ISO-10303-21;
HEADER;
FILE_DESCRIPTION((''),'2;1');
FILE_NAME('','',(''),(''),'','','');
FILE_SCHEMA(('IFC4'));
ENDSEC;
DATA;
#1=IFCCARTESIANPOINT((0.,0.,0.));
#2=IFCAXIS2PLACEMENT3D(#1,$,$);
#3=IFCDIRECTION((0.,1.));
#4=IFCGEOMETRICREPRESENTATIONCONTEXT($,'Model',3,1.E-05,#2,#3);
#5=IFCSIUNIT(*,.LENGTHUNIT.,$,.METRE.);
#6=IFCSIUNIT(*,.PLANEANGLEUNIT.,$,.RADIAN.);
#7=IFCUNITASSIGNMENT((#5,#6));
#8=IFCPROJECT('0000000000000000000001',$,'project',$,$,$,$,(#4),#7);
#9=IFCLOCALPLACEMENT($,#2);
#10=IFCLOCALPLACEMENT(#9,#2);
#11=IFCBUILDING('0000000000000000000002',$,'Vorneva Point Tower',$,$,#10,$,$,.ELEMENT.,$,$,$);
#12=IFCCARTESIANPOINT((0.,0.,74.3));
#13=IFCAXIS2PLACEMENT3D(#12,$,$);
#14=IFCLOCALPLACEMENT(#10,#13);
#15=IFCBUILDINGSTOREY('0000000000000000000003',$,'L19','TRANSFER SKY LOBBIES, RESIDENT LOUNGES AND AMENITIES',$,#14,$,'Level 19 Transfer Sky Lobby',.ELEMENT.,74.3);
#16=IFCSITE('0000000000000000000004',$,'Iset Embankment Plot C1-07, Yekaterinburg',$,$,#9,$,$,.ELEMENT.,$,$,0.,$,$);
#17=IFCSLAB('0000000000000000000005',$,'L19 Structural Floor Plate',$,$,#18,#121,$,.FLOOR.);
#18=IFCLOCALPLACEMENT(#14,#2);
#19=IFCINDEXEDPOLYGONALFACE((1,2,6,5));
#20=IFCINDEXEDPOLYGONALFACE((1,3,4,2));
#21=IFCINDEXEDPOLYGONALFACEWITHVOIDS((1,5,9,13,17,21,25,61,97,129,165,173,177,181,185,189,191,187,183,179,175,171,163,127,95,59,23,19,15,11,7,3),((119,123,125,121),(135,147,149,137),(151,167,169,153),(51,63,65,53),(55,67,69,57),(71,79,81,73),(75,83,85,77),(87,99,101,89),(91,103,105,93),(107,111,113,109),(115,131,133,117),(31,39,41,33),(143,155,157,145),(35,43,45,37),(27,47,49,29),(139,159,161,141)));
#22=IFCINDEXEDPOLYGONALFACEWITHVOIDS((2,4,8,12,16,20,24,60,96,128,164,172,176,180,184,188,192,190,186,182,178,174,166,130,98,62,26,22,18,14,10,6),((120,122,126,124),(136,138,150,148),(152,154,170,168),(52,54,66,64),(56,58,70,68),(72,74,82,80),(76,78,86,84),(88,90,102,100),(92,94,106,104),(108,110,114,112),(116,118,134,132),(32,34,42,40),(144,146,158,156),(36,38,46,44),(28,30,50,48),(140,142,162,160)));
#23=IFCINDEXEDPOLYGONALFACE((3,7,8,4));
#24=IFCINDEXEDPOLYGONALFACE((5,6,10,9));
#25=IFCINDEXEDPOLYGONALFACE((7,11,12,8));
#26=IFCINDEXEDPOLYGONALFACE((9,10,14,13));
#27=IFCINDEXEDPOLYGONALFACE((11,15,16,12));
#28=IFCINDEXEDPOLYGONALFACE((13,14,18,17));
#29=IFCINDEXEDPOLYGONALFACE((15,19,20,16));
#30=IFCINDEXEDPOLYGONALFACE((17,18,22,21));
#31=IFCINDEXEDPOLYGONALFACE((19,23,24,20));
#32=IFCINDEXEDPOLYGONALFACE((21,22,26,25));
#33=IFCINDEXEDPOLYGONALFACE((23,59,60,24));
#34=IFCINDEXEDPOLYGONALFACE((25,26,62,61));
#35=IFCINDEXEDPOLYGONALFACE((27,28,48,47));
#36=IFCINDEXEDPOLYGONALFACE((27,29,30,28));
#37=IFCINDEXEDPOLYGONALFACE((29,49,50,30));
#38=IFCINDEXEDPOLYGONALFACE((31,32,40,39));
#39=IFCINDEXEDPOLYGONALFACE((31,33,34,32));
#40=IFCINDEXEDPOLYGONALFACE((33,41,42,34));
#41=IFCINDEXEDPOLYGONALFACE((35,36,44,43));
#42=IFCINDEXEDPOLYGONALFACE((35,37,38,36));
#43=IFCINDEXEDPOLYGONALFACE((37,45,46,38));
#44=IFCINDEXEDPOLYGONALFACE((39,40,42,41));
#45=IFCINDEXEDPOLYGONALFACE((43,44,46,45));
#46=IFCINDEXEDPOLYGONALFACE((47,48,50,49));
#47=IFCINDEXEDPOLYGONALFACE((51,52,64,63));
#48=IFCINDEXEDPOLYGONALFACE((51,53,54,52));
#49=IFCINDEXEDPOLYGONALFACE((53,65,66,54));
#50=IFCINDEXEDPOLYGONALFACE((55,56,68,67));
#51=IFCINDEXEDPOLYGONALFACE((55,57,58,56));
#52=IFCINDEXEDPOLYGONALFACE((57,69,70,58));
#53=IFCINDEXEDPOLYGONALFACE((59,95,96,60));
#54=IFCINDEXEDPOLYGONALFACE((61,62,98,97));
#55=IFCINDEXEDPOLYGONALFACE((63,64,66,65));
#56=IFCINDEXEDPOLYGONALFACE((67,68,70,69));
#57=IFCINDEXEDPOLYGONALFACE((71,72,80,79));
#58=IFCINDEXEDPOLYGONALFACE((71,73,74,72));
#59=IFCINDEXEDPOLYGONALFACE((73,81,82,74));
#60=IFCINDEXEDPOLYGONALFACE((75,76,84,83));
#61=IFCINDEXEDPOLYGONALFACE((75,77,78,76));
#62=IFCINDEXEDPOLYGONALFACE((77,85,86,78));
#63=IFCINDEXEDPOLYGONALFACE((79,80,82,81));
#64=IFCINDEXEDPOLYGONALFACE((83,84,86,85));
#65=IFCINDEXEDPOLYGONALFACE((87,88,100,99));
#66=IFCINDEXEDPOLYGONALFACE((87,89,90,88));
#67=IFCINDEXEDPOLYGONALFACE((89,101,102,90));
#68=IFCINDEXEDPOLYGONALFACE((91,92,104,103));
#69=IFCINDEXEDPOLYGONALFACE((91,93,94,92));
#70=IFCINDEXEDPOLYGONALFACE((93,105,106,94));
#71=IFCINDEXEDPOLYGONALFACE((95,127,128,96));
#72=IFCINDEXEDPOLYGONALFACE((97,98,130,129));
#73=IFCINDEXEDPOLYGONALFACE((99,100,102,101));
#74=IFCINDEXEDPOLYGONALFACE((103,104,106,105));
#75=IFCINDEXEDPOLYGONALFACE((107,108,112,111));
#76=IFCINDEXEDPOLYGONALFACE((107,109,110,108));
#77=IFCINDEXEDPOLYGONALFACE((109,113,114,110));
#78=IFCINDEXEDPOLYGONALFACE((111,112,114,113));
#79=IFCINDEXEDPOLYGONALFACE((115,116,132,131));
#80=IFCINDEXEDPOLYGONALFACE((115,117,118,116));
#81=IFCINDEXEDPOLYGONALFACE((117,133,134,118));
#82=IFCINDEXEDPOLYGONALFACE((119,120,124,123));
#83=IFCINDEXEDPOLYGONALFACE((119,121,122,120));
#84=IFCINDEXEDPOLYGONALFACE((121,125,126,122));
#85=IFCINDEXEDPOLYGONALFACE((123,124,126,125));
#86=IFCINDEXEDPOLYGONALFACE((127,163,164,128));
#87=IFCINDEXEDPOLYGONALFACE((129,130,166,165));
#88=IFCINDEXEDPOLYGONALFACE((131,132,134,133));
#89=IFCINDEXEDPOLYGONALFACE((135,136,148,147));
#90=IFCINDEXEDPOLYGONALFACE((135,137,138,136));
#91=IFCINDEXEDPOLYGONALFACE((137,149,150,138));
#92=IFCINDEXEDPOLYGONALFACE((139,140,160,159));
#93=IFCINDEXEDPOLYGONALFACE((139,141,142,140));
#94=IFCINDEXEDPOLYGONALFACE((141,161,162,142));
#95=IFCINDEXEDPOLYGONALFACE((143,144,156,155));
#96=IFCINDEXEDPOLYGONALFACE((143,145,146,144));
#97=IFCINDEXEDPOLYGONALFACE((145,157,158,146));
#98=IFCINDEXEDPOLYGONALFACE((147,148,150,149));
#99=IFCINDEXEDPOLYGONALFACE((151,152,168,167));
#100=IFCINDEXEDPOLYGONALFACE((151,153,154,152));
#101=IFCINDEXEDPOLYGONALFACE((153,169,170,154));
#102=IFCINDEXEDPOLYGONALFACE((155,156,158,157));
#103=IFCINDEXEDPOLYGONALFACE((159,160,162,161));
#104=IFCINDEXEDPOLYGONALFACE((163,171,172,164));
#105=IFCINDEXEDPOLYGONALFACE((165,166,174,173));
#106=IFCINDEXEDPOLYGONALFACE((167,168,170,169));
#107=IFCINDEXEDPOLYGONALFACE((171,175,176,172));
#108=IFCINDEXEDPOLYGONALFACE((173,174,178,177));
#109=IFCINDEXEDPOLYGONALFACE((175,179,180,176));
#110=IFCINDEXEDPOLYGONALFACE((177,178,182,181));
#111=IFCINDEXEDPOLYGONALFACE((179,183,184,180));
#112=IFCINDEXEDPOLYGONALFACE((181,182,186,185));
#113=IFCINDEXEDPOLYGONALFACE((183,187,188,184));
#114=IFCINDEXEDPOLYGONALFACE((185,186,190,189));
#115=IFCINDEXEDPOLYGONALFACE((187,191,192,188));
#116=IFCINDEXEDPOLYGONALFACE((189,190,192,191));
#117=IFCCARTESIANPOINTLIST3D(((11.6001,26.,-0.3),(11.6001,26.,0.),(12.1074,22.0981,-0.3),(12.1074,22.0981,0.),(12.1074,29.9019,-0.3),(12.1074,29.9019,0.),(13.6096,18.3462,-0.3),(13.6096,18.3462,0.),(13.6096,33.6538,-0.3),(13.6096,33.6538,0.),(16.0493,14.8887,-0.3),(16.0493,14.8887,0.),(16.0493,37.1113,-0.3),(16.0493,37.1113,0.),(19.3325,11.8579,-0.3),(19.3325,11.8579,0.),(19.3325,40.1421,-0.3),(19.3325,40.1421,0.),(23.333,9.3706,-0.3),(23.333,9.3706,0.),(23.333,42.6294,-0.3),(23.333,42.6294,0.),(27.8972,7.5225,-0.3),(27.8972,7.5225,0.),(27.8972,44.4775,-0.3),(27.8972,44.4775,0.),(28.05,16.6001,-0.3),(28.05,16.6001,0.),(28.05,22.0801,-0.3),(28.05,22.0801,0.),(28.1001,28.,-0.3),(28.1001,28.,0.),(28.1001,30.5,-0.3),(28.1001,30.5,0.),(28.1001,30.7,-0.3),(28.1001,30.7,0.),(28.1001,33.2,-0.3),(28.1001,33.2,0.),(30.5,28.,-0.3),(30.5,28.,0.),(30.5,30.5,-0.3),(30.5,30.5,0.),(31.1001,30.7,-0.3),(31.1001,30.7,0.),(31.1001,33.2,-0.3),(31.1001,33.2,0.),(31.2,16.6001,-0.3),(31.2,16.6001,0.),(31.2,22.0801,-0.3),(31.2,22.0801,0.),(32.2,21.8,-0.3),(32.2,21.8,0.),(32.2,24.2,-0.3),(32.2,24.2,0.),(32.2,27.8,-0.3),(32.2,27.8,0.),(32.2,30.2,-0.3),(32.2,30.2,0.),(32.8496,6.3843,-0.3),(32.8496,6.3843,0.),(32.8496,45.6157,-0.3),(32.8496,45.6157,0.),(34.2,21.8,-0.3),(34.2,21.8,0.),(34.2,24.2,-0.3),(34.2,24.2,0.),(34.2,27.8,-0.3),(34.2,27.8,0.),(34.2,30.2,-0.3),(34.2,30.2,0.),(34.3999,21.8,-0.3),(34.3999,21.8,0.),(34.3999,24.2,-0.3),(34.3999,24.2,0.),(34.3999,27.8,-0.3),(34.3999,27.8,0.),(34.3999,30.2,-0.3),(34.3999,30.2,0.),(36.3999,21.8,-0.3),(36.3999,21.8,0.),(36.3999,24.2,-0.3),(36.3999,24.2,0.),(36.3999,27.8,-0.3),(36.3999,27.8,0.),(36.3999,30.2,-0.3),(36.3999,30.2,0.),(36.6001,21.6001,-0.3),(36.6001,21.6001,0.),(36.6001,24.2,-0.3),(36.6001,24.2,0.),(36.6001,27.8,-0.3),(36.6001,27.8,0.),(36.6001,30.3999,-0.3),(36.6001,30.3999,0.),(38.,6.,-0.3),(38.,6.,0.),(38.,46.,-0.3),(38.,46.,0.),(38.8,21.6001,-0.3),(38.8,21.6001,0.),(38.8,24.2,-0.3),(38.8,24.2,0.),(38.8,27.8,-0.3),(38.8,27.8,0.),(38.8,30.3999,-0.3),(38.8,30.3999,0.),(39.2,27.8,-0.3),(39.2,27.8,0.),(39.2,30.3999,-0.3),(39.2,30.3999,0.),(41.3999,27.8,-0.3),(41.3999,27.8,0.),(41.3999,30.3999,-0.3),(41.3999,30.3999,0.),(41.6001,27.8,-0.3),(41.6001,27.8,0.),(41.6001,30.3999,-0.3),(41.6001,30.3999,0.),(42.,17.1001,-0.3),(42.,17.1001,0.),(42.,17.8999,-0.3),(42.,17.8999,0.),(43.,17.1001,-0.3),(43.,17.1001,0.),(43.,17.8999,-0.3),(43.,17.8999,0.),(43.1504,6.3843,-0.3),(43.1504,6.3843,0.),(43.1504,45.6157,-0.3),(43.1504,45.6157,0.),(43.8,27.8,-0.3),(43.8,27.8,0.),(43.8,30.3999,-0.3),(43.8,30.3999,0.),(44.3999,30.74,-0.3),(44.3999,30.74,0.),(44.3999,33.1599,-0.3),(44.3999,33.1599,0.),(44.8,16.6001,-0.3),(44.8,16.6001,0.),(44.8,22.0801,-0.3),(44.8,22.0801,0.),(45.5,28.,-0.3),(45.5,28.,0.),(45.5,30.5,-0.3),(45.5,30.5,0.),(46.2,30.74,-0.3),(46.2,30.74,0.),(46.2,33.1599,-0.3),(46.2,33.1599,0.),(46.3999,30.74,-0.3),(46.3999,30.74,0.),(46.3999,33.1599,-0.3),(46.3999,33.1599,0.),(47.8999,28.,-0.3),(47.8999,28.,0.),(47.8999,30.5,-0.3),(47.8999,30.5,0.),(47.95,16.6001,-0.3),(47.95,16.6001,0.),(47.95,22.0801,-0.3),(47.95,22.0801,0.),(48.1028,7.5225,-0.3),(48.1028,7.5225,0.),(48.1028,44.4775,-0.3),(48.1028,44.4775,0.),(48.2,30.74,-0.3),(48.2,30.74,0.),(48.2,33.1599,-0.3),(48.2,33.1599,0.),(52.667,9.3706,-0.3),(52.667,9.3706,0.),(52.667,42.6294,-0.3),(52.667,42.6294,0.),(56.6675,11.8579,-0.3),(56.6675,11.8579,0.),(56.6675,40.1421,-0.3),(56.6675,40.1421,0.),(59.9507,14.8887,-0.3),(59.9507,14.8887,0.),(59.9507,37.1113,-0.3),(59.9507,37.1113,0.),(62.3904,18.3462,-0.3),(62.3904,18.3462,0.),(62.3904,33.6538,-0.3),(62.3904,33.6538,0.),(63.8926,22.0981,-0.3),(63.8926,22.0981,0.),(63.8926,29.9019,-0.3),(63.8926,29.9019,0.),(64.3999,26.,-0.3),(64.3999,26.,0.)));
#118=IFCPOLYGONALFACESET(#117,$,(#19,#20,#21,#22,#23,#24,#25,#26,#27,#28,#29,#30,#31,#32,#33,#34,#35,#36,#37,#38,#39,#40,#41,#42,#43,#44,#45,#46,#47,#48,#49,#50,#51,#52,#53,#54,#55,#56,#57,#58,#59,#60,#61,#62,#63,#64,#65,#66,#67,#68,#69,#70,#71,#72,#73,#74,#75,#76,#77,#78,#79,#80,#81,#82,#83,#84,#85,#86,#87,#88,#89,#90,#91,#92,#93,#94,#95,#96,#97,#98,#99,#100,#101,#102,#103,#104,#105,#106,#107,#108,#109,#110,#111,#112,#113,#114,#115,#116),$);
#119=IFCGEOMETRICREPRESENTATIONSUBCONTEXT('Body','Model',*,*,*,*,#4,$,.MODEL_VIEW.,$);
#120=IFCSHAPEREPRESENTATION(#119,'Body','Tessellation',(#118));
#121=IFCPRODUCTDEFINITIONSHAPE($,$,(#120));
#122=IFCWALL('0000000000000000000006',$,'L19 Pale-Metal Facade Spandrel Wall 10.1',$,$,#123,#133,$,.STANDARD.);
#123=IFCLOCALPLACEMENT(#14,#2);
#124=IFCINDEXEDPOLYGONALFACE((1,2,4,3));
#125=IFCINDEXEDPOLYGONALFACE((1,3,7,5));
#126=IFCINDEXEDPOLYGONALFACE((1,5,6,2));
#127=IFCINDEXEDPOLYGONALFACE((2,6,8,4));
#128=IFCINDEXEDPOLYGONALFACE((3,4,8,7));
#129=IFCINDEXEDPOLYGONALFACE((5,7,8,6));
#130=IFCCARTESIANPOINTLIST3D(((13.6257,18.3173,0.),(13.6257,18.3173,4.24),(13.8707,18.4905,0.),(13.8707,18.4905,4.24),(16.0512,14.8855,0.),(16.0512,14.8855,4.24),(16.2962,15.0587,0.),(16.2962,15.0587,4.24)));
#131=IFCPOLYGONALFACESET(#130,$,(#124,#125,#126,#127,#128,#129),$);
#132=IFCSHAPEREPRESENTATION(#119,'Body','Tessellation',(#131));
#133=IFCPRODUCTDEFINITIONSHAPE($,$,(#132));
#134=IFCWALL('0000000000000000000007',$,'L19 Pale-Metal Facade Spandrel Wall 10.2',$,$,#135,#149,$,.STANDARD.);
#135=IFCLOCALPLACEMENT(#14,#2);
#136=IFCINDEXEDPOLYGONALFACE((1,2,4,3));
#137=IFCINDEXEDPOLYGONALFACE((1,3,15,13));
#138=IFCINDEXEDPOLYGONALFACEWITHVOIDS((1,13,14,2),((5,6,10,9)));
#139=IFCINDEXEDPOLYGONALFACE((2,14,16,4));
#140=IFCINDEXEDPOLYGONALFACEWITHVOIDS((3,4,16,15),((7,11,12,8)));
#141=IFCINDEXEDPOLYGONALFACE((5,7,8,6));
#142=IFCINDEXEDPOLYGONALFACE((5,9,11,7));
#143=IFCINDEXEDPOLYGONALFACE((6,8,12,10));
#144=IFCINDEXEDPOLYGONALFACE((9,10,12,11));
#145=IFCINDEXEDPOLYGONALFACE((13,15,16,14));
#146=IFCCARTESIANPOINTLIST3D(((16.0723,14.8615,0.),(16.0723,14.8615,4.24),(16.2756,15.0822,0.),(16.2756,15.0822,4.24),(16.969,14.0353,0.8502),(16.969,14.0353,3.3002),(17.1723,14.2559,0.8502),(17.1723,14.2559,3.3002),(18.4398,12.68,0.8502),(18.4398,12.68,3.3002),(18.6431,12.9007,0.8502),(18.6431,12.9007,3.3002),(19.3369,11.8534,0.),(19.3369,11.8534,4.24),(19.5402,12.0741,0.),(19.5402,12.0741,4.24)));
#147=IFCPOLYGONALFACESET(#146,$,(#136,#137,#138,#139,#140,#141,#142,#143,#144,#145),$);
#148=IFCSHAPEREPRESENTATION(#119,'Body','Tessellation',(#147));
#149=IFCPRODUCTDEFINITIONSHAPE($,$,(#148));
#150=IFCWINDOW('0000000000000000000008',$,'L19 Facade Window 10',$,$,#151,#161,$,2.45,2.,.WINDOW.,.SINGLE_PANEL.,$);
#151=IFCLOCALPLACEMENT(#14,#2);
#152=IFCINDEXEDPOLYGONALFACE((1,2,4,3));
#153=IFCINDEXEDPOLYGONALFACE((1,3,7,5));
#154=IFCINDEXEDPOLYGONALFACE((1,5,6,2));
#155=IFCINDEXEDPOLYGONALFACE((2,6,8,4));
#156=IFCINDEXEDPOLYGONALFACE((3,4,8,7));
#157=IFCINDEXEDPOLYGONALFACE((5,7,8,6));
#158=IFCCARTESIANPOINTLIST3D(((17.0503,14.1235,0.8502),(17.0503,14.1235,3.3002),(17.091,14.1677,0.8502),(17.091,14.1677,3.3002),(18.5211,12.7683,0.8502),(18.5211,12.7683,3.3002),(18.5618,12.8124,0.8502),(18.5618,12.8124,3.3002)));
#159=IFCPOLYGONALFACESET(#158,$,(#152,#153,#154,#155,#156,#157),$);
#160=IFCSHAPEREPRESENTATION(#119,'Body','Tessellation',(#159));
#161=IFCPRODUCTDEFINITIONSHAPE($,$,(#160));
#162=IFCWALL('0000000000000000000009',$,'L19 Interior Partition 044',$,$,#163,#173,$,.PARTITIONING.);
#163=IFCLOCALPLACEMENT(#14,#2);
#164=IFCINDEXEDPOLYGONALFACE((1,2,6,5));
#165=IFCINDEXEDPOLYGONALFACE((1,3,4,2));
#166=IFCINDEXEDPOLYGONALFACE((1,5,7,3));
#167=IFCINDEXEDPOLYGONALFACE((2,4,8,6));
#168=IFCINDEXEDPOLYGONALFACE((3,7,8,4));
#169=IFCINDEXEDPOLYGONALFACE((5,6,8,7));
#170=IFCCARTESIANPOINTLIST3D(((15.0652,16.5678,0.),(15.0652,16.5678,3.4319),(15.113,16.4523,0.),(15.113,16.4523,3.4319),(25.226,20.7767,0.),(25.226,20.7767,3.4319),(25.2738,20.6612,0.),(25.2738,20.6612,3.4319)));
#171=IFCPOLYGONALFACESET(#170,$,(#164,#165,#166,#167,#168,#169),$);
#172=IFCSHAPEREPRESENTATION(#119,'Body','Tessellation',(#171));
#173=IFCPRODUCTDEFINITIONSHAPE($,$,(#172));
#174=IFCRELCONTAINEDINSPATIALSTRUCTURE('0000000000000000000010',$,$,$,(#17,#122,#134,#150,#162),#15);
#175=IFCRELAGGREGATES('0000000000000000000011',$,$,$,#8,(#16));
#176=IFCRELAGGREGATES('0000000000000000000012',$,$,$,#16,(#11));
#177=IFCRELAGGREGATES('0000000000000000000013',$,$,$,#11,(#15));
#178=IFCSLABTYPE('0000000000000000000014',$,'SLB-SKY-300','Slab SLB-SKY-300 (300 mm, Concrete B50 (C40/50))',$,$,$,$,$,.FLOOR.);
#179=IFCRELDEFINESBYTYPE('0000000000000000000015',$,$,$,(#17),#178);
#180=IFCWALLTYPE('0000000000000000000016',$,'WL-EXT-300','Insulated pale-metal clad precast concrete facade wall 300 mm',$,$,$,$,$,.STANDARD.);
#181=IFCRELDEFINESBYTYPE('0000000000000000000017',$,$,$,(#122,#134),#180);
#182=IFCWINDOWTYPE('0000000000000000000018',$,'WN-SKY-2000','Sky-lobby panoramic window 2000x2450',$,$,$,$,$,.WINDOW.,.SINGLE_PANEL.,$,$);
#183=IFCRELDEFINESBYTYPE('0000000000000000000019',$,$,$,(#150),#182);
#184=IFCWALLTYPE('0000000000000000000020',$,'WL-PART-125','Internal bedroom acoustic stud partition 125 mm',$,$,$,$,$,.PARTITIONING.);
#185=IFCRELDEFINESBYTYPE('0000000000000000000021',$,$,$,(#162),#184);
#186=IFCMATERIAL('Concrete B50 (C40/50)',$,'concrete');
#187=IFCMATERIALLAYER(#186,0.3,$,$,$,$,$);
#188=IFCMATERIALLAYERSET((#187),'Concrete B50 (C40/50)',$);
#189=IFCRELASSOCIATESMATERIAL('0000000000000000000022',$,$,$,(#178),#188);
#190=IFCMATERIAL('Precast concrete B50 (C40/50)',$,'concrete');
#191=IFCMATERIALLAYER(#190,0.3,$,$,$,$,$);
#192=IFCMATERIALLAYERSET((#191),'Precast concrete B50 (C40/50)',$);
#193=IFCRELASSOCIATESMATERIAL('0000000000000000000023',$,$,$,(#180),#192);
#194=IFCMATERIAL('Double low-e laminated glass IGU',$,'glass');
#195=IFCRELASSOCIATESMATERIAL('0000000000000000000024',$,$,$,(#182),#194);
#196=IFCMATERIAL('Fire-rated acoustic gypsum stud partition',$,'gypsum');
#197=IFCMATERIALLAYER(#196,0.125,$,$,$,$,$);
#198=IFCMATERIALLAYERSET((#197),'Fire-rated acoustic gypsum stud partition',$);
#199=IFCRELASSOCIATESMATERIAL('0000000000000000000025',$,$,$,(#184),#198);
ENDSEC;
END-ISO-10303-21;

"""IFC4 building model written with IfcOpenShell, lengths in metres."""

from ifc_helpers import new_model, si_unit, direction, frame, frame_2d, origin, place, context, subcontext, project, spatial, polyline, rectangle, outline, extrude, material, layer, layer_set, type_object, element, fill, save


model = new_model("IFC4")

# Units and contexts
model_context = context("Model", 3, precision=1e-05, world=origin(), true_north=direction((0.0, 1.0)))
body_context = subcontext(model_context, "Body", "Model", "MODEL_VIEW")
ifc_project = project(units=[si_unit("LENGTHUNIT", "METRE"), si_unit("PLANEANGLEUNIT", "RADIAN")], contexts=[model_context])

# Site, building, storey
site_placement = place(None, origin())
site = spatial("IfcSite", under=ifc_project, at=site_placement, Name="Iset Embankment Plot C1-07, Yekaterinburg", CompositionType="ELEMENT", RefElevation=0.0)
building_placement = place(site_placement, origin())
building = spatial("IfcBuilding", under=site, at=building_placement, Name="Vorneva Point Tower", CompositionType="ELEMENT")
storey_placement = place(building_placement, frame((0.0, 0.0, 74.3)))
storey = spatial("IfcBuildingStorey", under=building, at=storey_placement, Name="L19", Description="TRANSFER SKY LOBBIES, RESIDENT LOUNGES AND AMENITIES", LongName="Level 19 Transfer Sky Lobby", CompositionType="ELEMENT", Elevation=74.3)

# Shared definitions
ifc_material_1 = material(Name="Double low-e laminated glass IGU", Category="glass")

# Shared definitions
ifc_material_2 = material(Name="Concrete B50 (C40/50)", Category="concrete")

# Slab
ifc_layer_1 = layer(ifc_material_2, 0.3)
ifc_layer_set_1 = layer_set([ifc_layer_1], Name="Concrete B50 (C40/50)")
slab_type_1 = type_object("IfcSlabType", Name="SLB-SKY-300", Description="Slab SLB-SKY-300 (300 mm, Concrete B50 (C40/50))", PredefinedType="FLOOR", material=ifc_layer_set_1)
slab_1_placement = place(storey_placement, frame((0.0, 0.0, -0.3)))
element("IfcSlab", 1, at=slab_1_placement, inside=storey, type_object=slab_type_1, Name="L19 Structural Floor Plate", PredefinedType="FLOOR", context=body_context, shape_type="SweptSolid", body=[
    extrude(outline(polyline([(64.3999, 26.0), (63.8926, 29.9019), (62.3904, 33.6538), (59.9507, 37.1113), (56.6675, 40.1421), (52.667, 42.6294), (48.1028, 44.4775), (43.1504, 45.6157), (38.0, 46.0), (32.8496, 45.6157), (27.8972, 44.4775), (23.333, 42.6294), (19.3325, 40.1421), (16.0493, 37.1113), (13.6096, 33.6538), (12.1074, 29.9019), (11.6001, 26.0), (12.1074, 22.0981), (13.6096, 18.3462), (16.0493, 14.8887), (19.3325, 11.8579), (23.333, 9.3706), (27.8972, 7.5225), (32.8496, 6.3843), (38.0, 6.0), (43.1504, 6.3843), (48.1028, 7.5225), (52.667, 9.3706), (56.6675, 11.8579), (59.9507, 14.8887), (62.3904, 18.3462), (63.8926, 22.0981), (64.3999, 26.0)]), holes=[polyline([(32.2, 27.8), (34.2, 27.8), (34.2, 30.2), (32.2, 30.2), (32.2, 27.8)]), polyline([(34.3999, 27.8), (36.3999, 27.8), (36.3999, 30.2), (34.3999, 30.2), (34.3999, 27.8)]), polyline([(36.6001, 27.8), (38.8, 27.8), (38.8, 30.3999), (36.6001, 30.3999), (36.6001, 27.8)]), polyline([(32.2, 21.8), (34.2, 21.8), (34.2, 24.2), (32.2, 24.2), (32.2, 21.8)]), polyline([(34.3999, 21.8), (36.3999, 21.8), (36.3999, 24.2), (34.3999, 24.2), (34.3999, 21.8)]), polyline([(36.6001, 21.6001), (38.8, 21.6001), (38.8, 24.2), (36.6001, 24.2), (36.6001, 21.6001)]), polyline([(39.2, 27.8), (41.3999, 27.8), (41.3999, 30.3999), (39.2, 30.3999), (39.2, 27.8)]), polyline([(41.6001, 27.8), (43.8, 27.8), (43.8, 30.3999), (41.6001, 30.3999), (41.6001, 27.8)]), polyline([(44.3999, 30.74), (46.2, 30.74), (46.2, 33.1599), (44.3999, 33.1599), (44.3999, 30.74)]), polyline([(46.3999, 30.74), (48.2, 30.74), (48.2, 33.1599), (46.3999, 33.1599), (46.3999, 30.74)]), polyline([(28.1001, 28.0), (30.5, 28.0), (30.5, 30.5), (28.1001, 30.5), (28.1001, 28.0)]), polyline([(45.5, 28.0), (47.8999, 28.0), (47.8999, 30.5), (45.5, 30.5), (45.5, 28.0)]), polyline([(28.1001, 30.7), (31.1001, 30.7), (31.1001, 33.2), (28.1001, 33.2), (28.1001, 30.7)]), polyline([(28.05, 16.6001), (31.2, 16.6001), (31.2, 22.0801), (28.05, 22.0801), (28.05, 16.6001)]), polyline([(44.8, 16.6001), (47.95, 16.6001), (47.95, 22.0801), (44.8, 22.0801), (44.8, 16.6001)]), polyline([(42.0, 17.1001), (43.0, 17.1001), (43.0, 17.8999), (42.0, 17.8999), (42.0, 17.1001)])]), origin(), (0.0, 0.0, 1.0), 0.3),
])

# Wall
ifc_material_3 = material(Name="Precast concrete B50 (C40/50)", Category="concrete")
ifc_layer_2 = layer(ifc_material_3, 0.3)
ifc_layer_set_2 = layer_set([ifc_layer_2], Name="Precast concrete B50 (C40/50)")
wall_type_1 = type_object("IfcWallType", Name="WL-EXT-300", Description="Insulated pale-metal clad precast concrete facade wall 300 mm", PredefinedType="STANDARD", material=ifc_layer_set_2)
wall_1_placement = place(storey_placement, frame((13.7483, 18.4038, 0.0), z_axis=(0.0, 0.0, 1.0), x_axis=(0.577164, -0.816628, 0.0)))
element("IfcWall", 2, at=wall_1_placement, inside=storey, type_object=wall_type_1, Name="L19 Pale-Metal Facade Spandrel Wall 10.1", PredefinedType="STANDARD", context=body_context, shape_type="SweptSolid", body=[
    extrude(rectangle(XDim=4.2024, YDim=0.3, at=frame_2d((2.1011, 0.0))), origin(), (0.0, 0.0, 1.0), 4.24),
])

# Wall, opening, window
wall_2_placement = place(storey_placement, frame((16.1738, 14.9719, 0.0), z_axis=(0.0, 0.0, 1.0), x_axis=(0.735417, -0.677615, 0.0)))
wall_2 = element("IfcWall", 3, at=wall_2_placement, inside=storey, type_object=wall_type_1, Name="L19 Pale-Metal Facade Spandrel Wall 10.2", PredefinedType="STANDARD", context=body_context, shape_type="SweptSolid", body=[
    extrude(rectangle(XDim=4.4392, YDim=0.3, at=frame_2d((2.2197, 0.0))), origin(), (0.0, 0.0, 1.0), 4.24),
])
opening_placement = place(wall_2_placement, frame((1.2195, 0.0, 0.8501)))
opening = element("IfcOpeningElement", 4, at=opening_placement, cuts=wall_2, PredefinedType="OPENING", context=body_context, shape_type="SweptSolid", body=[
    extrude(rectangle(XDim=2.0, YDim=2.45, at=frame_2d((1.0, 1.2251))), frame((0.0, 0.165, 0.0), z_axis=(0.0, -1.0, 0.0), x_axis=(1.0, 0.0, 0.0)), (0.0, 0.0, 1.0), 0.3298),
])
window_type = type_object("IfcWindowType", Name="WN-SKY-2000", Description="Sky-lobby panoramic window 2000x2450", PartitioningType="SINGLE_PANEL", PredefinedType="WINDOW", material=ifc_material_1)
window_placement = place(opening_placement, origin())
window = element("IfcWindow", 5, at=window_placement, inside=storey, type_object=window_type, Name="L19 Facade Window 10", OverallHeight=2.45, OverallWidth=2.0, PartitioningType="SINGLE_PANEL", PredefinedType="WINDOW", context=body_context, shape_type="SweptSolid", body=[
    extrude(rectangle(XDim=2.0, YDim=2.45, at=frame_2d((1.0, 1.2251))), frame((0.0, 0.03, 0.0), z_axis=(0.0, -1.0, 0.0), x_axis=(1.0, 0.0, 0.0)), (0.0, 0.0, 1.0), 0.0601),
])
fill(opening, window)

# Wall
ifc_material_4 = material(Name="Fire-rated acoustic gypsum stud partition", Category="gypsum")
ifc_layer_3 = layer(ifc_material_4, 0.125)
ifc_layer_set_3 = layer_set([ifc_layer_3], Name="Fire-rated acoustic gypsum stud partition")
wall_type_2 = type_object("IfcWallType", Name="WL-PART-125", Description="Internal bedroom acoustic stud partition 125 mm", PredefinedType="PARTITIONING", material=ifc_layer_set_3)
wall_3_placement = place(storey_placement, frame((15.0891, 16.51, 0.0), z_axis=(0.0, 0.0, 1.0), x_axis=(0.923873, 0.382699, 0.0)))
element("IfcWall", 6, at=wall_3_placement, inside=storey, type_object=wall_type_2, Name="L19 Interior Partition 044", PredefinedType="PARTITIONING", context=body_context, shape_type="SweptSolid", body=[
    extrude(rectangle(XDim=10.998, YDim=0.125, at=frame_2d((5.499, 0.0))), origin(), (0.0, 0.0, 1.0), 3.4319),
])

save(model, "model.ifc")
